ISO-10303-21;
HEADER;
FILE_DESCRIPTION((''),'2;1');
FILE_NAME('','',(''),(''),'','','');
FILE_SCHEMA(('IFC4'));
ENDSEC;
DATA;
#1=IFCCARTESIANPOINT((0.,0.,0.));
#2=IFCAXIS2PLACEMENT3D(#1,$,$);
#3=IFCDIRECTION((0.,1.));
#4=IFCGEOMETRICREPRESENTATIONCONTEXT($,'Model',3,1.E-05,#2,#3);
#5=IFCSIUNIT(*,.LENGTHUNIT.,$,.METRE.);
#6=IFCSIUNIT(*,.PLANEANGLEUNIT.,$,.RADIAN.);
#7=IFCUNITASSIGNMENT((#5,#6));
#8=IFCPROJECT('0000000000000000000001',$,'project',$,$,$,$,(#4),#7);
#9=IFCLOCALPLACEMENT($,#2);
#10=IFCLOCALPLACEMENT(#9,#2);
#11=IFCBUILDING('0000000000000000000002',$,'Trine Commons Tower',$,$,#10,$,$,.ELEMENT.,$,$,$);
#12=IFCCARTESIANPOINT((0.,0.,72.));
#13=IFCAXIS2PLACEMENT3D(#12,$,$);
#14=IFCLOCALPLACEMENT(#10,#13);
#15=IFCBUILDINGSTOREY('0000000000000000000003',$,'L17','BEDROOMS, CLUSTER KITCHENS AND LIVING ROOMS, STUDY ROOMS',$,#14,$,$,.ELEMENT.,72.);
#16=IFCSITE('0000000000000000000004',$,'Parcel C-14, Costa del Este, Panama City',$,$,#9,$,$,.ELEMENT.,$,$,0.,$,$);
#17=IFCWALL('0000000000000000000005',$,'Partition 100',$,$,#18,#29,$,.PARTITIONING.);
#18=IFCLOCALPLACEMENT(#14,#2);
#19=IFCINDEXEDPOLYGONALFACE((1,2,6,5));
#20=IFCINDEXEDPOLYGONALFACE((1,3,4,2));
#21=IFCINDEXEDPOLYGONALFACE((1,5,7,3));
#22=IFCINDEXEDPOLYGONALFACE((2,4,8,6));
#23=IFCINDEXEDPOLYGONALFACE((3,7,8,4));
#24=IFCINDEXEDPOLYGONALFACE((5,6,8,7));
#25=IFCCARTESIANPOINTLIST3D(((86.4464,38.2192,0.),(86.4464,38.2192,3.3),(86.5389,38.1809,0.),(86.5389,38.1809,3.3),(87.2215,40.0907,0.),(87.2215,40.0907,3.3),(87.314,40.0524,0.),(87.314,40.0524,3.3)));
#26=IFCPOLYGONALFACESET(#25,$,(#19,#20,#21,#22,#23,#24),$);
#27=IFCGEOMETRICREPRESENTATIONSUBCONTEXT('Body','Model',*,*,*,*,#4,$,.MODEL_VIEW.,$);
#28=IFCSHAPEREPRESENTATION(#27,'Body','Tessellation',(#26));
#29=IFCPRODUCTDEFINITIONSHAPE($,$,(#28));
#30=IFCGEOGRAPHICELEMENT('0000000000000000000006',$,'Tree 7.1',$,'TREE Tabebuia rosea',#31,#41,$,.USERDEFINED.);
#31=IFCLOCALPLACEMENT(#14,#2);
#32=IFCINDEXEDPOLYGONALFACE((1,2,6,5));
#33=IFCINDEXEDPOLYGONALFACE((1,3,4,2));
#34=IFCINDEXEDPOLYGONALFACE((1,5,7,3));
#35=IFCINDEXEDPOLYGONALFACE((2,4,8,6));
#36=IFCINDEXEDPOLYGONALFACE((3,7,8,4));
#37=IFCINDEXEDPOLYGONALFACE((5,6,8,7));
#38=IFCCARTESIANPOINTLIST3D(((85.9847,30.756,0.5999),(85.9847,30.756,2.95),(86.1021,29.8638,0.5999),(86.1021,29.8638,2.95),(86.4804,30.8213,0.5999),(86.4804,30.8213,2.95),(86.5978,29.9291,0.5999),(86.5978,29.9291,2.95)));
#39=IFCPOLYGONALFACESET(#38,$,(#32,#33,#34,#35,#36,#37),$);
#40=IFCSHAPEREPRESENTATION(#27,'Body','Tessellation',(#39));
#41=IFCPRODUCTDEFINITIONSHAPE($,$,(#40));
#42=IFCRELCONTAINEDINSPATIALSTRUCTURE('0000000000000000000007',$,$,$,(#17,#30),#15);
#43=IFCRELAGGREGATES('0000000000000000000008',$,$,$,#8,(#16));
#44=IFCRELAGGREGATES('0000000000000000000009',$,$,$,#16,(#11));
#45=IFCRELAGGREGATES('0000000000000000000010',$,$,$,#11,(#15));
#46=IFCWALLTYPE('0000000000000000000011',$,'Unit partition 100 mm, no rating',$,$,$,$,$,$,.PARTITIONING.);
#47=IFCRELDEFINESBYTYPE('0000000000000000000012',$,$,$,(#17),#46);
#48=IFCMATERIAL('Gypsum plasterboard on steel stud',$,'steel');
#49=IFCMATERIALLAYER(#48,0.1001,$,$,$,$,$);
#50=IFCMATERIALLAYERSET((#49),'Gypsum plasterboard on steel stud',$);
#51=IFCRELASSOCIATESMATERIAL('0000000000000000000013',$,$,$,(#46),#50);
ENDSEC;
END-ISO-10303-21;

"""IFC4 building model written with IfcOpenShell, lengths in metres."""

from ifc_helpers import new_model, si_unit, direction, frame, frame_2d, origin, origin_2d, place, context, subcontext, project, spatial, rectangle, extrude, material, layer, layer_set, type_object, element, save


model = new_model("IFC4")

# Units and contexts
model_context = context("Model", 3, precision=1e-05, world=origin(), true_north=direction((0.0, 1.0)))
body_context = subcontext(model_context, "Body", "Model", "MODEL_VIEW")
ifc_project = project(units=[si_unit("LENGTHUNIT", "METRE"), si_unit("PLANEANGLEUNIT", "RADIAN")], contexts=[model_context])

# Site, building, storey
site_placement = place(None, origin())
site = spatial("IfcSite", under=ifc_project, at=site_placement, Name="Parcel C-14, Costa del Este, Panama City", CompositionType="ELEMENT", RefElevation=0.0)
building_placement = place(site_placement, origin())
building = spatial("IfcBuilding", under=site, at=building_placement, Name="Trine Commons Tower", CompositionType="ELEMENT")
storey_placement = place(building_placement, frame((0.0, 0.0, 72.0)))
storey = spatial("IfcBuildingStorey", under=building, at=storey_placement, Name="L17", Description="BEDROOMS, CLUSTER KITCHENS AND LIVING ROOMS, STUDY ROOMS", CompositionType="ELEMENT", Elevation=72.0)

# Shared definitions
ifc_material_1 = material(Name="Gypsum plasterboard on steel stud", Category="steel")

# Wall
ifc_layer_1 = layer(ifc_material_1, 0.1001)
ifc_layer_set_1 = layer_set([ifc_layer_1], Name="Gypsum plasterboard on steel stud")
wall_type_1 = type_object("IfcWallType", Name="Unit partition 100 mm, no rating", PredefinedType="PARTITIONING", material=ifc_layer_set_1)
wall_1_placement = place(storey_placement, frame((86.4927, 38.2002, 0.0), z_axis=(0.0, 0.0, 1.0), x_axis=(0.382646, 0.923895, 0.0)))
element("IfcWall", 1, at=wall_1_placement, inside=storey, type_object=wall_type_1, Name="Partition 100", PredefinedType="PARTITIONING", context=body_context, shape_type="SweptSolid", body=[
    extrude(rectangle(XDim=2.0256, YDim=0.1001, at=frame_2d((1.0127, 0.0))), origin(), (0.0, 0.0, 1.0), 3.3),
])

# Geographic element
geographic_element_placement = place(storey_placement, frame((86.2913, 30.3425, 0.5999), z_axis=(0.0, 0.0, 1.0), x_axis=(-0.130518, 0.991446, 0.0)))
element("IfcGeographicElement", 2, at=geographic_element_placement, inside=storey, Name="Tree 7.1", ObjectType="TREE Tabebuia rosea", PredefinedType="USERDEFINED", context=body_context, shape_type="SweptSolid", body=[
    extrude(rectangle(XDim=0.8999, YDim=0.5, at=origin_2d()), origin(), (0.0, 0.0, 1.0), 2.3501),
])

save(model, "model.ifc")
